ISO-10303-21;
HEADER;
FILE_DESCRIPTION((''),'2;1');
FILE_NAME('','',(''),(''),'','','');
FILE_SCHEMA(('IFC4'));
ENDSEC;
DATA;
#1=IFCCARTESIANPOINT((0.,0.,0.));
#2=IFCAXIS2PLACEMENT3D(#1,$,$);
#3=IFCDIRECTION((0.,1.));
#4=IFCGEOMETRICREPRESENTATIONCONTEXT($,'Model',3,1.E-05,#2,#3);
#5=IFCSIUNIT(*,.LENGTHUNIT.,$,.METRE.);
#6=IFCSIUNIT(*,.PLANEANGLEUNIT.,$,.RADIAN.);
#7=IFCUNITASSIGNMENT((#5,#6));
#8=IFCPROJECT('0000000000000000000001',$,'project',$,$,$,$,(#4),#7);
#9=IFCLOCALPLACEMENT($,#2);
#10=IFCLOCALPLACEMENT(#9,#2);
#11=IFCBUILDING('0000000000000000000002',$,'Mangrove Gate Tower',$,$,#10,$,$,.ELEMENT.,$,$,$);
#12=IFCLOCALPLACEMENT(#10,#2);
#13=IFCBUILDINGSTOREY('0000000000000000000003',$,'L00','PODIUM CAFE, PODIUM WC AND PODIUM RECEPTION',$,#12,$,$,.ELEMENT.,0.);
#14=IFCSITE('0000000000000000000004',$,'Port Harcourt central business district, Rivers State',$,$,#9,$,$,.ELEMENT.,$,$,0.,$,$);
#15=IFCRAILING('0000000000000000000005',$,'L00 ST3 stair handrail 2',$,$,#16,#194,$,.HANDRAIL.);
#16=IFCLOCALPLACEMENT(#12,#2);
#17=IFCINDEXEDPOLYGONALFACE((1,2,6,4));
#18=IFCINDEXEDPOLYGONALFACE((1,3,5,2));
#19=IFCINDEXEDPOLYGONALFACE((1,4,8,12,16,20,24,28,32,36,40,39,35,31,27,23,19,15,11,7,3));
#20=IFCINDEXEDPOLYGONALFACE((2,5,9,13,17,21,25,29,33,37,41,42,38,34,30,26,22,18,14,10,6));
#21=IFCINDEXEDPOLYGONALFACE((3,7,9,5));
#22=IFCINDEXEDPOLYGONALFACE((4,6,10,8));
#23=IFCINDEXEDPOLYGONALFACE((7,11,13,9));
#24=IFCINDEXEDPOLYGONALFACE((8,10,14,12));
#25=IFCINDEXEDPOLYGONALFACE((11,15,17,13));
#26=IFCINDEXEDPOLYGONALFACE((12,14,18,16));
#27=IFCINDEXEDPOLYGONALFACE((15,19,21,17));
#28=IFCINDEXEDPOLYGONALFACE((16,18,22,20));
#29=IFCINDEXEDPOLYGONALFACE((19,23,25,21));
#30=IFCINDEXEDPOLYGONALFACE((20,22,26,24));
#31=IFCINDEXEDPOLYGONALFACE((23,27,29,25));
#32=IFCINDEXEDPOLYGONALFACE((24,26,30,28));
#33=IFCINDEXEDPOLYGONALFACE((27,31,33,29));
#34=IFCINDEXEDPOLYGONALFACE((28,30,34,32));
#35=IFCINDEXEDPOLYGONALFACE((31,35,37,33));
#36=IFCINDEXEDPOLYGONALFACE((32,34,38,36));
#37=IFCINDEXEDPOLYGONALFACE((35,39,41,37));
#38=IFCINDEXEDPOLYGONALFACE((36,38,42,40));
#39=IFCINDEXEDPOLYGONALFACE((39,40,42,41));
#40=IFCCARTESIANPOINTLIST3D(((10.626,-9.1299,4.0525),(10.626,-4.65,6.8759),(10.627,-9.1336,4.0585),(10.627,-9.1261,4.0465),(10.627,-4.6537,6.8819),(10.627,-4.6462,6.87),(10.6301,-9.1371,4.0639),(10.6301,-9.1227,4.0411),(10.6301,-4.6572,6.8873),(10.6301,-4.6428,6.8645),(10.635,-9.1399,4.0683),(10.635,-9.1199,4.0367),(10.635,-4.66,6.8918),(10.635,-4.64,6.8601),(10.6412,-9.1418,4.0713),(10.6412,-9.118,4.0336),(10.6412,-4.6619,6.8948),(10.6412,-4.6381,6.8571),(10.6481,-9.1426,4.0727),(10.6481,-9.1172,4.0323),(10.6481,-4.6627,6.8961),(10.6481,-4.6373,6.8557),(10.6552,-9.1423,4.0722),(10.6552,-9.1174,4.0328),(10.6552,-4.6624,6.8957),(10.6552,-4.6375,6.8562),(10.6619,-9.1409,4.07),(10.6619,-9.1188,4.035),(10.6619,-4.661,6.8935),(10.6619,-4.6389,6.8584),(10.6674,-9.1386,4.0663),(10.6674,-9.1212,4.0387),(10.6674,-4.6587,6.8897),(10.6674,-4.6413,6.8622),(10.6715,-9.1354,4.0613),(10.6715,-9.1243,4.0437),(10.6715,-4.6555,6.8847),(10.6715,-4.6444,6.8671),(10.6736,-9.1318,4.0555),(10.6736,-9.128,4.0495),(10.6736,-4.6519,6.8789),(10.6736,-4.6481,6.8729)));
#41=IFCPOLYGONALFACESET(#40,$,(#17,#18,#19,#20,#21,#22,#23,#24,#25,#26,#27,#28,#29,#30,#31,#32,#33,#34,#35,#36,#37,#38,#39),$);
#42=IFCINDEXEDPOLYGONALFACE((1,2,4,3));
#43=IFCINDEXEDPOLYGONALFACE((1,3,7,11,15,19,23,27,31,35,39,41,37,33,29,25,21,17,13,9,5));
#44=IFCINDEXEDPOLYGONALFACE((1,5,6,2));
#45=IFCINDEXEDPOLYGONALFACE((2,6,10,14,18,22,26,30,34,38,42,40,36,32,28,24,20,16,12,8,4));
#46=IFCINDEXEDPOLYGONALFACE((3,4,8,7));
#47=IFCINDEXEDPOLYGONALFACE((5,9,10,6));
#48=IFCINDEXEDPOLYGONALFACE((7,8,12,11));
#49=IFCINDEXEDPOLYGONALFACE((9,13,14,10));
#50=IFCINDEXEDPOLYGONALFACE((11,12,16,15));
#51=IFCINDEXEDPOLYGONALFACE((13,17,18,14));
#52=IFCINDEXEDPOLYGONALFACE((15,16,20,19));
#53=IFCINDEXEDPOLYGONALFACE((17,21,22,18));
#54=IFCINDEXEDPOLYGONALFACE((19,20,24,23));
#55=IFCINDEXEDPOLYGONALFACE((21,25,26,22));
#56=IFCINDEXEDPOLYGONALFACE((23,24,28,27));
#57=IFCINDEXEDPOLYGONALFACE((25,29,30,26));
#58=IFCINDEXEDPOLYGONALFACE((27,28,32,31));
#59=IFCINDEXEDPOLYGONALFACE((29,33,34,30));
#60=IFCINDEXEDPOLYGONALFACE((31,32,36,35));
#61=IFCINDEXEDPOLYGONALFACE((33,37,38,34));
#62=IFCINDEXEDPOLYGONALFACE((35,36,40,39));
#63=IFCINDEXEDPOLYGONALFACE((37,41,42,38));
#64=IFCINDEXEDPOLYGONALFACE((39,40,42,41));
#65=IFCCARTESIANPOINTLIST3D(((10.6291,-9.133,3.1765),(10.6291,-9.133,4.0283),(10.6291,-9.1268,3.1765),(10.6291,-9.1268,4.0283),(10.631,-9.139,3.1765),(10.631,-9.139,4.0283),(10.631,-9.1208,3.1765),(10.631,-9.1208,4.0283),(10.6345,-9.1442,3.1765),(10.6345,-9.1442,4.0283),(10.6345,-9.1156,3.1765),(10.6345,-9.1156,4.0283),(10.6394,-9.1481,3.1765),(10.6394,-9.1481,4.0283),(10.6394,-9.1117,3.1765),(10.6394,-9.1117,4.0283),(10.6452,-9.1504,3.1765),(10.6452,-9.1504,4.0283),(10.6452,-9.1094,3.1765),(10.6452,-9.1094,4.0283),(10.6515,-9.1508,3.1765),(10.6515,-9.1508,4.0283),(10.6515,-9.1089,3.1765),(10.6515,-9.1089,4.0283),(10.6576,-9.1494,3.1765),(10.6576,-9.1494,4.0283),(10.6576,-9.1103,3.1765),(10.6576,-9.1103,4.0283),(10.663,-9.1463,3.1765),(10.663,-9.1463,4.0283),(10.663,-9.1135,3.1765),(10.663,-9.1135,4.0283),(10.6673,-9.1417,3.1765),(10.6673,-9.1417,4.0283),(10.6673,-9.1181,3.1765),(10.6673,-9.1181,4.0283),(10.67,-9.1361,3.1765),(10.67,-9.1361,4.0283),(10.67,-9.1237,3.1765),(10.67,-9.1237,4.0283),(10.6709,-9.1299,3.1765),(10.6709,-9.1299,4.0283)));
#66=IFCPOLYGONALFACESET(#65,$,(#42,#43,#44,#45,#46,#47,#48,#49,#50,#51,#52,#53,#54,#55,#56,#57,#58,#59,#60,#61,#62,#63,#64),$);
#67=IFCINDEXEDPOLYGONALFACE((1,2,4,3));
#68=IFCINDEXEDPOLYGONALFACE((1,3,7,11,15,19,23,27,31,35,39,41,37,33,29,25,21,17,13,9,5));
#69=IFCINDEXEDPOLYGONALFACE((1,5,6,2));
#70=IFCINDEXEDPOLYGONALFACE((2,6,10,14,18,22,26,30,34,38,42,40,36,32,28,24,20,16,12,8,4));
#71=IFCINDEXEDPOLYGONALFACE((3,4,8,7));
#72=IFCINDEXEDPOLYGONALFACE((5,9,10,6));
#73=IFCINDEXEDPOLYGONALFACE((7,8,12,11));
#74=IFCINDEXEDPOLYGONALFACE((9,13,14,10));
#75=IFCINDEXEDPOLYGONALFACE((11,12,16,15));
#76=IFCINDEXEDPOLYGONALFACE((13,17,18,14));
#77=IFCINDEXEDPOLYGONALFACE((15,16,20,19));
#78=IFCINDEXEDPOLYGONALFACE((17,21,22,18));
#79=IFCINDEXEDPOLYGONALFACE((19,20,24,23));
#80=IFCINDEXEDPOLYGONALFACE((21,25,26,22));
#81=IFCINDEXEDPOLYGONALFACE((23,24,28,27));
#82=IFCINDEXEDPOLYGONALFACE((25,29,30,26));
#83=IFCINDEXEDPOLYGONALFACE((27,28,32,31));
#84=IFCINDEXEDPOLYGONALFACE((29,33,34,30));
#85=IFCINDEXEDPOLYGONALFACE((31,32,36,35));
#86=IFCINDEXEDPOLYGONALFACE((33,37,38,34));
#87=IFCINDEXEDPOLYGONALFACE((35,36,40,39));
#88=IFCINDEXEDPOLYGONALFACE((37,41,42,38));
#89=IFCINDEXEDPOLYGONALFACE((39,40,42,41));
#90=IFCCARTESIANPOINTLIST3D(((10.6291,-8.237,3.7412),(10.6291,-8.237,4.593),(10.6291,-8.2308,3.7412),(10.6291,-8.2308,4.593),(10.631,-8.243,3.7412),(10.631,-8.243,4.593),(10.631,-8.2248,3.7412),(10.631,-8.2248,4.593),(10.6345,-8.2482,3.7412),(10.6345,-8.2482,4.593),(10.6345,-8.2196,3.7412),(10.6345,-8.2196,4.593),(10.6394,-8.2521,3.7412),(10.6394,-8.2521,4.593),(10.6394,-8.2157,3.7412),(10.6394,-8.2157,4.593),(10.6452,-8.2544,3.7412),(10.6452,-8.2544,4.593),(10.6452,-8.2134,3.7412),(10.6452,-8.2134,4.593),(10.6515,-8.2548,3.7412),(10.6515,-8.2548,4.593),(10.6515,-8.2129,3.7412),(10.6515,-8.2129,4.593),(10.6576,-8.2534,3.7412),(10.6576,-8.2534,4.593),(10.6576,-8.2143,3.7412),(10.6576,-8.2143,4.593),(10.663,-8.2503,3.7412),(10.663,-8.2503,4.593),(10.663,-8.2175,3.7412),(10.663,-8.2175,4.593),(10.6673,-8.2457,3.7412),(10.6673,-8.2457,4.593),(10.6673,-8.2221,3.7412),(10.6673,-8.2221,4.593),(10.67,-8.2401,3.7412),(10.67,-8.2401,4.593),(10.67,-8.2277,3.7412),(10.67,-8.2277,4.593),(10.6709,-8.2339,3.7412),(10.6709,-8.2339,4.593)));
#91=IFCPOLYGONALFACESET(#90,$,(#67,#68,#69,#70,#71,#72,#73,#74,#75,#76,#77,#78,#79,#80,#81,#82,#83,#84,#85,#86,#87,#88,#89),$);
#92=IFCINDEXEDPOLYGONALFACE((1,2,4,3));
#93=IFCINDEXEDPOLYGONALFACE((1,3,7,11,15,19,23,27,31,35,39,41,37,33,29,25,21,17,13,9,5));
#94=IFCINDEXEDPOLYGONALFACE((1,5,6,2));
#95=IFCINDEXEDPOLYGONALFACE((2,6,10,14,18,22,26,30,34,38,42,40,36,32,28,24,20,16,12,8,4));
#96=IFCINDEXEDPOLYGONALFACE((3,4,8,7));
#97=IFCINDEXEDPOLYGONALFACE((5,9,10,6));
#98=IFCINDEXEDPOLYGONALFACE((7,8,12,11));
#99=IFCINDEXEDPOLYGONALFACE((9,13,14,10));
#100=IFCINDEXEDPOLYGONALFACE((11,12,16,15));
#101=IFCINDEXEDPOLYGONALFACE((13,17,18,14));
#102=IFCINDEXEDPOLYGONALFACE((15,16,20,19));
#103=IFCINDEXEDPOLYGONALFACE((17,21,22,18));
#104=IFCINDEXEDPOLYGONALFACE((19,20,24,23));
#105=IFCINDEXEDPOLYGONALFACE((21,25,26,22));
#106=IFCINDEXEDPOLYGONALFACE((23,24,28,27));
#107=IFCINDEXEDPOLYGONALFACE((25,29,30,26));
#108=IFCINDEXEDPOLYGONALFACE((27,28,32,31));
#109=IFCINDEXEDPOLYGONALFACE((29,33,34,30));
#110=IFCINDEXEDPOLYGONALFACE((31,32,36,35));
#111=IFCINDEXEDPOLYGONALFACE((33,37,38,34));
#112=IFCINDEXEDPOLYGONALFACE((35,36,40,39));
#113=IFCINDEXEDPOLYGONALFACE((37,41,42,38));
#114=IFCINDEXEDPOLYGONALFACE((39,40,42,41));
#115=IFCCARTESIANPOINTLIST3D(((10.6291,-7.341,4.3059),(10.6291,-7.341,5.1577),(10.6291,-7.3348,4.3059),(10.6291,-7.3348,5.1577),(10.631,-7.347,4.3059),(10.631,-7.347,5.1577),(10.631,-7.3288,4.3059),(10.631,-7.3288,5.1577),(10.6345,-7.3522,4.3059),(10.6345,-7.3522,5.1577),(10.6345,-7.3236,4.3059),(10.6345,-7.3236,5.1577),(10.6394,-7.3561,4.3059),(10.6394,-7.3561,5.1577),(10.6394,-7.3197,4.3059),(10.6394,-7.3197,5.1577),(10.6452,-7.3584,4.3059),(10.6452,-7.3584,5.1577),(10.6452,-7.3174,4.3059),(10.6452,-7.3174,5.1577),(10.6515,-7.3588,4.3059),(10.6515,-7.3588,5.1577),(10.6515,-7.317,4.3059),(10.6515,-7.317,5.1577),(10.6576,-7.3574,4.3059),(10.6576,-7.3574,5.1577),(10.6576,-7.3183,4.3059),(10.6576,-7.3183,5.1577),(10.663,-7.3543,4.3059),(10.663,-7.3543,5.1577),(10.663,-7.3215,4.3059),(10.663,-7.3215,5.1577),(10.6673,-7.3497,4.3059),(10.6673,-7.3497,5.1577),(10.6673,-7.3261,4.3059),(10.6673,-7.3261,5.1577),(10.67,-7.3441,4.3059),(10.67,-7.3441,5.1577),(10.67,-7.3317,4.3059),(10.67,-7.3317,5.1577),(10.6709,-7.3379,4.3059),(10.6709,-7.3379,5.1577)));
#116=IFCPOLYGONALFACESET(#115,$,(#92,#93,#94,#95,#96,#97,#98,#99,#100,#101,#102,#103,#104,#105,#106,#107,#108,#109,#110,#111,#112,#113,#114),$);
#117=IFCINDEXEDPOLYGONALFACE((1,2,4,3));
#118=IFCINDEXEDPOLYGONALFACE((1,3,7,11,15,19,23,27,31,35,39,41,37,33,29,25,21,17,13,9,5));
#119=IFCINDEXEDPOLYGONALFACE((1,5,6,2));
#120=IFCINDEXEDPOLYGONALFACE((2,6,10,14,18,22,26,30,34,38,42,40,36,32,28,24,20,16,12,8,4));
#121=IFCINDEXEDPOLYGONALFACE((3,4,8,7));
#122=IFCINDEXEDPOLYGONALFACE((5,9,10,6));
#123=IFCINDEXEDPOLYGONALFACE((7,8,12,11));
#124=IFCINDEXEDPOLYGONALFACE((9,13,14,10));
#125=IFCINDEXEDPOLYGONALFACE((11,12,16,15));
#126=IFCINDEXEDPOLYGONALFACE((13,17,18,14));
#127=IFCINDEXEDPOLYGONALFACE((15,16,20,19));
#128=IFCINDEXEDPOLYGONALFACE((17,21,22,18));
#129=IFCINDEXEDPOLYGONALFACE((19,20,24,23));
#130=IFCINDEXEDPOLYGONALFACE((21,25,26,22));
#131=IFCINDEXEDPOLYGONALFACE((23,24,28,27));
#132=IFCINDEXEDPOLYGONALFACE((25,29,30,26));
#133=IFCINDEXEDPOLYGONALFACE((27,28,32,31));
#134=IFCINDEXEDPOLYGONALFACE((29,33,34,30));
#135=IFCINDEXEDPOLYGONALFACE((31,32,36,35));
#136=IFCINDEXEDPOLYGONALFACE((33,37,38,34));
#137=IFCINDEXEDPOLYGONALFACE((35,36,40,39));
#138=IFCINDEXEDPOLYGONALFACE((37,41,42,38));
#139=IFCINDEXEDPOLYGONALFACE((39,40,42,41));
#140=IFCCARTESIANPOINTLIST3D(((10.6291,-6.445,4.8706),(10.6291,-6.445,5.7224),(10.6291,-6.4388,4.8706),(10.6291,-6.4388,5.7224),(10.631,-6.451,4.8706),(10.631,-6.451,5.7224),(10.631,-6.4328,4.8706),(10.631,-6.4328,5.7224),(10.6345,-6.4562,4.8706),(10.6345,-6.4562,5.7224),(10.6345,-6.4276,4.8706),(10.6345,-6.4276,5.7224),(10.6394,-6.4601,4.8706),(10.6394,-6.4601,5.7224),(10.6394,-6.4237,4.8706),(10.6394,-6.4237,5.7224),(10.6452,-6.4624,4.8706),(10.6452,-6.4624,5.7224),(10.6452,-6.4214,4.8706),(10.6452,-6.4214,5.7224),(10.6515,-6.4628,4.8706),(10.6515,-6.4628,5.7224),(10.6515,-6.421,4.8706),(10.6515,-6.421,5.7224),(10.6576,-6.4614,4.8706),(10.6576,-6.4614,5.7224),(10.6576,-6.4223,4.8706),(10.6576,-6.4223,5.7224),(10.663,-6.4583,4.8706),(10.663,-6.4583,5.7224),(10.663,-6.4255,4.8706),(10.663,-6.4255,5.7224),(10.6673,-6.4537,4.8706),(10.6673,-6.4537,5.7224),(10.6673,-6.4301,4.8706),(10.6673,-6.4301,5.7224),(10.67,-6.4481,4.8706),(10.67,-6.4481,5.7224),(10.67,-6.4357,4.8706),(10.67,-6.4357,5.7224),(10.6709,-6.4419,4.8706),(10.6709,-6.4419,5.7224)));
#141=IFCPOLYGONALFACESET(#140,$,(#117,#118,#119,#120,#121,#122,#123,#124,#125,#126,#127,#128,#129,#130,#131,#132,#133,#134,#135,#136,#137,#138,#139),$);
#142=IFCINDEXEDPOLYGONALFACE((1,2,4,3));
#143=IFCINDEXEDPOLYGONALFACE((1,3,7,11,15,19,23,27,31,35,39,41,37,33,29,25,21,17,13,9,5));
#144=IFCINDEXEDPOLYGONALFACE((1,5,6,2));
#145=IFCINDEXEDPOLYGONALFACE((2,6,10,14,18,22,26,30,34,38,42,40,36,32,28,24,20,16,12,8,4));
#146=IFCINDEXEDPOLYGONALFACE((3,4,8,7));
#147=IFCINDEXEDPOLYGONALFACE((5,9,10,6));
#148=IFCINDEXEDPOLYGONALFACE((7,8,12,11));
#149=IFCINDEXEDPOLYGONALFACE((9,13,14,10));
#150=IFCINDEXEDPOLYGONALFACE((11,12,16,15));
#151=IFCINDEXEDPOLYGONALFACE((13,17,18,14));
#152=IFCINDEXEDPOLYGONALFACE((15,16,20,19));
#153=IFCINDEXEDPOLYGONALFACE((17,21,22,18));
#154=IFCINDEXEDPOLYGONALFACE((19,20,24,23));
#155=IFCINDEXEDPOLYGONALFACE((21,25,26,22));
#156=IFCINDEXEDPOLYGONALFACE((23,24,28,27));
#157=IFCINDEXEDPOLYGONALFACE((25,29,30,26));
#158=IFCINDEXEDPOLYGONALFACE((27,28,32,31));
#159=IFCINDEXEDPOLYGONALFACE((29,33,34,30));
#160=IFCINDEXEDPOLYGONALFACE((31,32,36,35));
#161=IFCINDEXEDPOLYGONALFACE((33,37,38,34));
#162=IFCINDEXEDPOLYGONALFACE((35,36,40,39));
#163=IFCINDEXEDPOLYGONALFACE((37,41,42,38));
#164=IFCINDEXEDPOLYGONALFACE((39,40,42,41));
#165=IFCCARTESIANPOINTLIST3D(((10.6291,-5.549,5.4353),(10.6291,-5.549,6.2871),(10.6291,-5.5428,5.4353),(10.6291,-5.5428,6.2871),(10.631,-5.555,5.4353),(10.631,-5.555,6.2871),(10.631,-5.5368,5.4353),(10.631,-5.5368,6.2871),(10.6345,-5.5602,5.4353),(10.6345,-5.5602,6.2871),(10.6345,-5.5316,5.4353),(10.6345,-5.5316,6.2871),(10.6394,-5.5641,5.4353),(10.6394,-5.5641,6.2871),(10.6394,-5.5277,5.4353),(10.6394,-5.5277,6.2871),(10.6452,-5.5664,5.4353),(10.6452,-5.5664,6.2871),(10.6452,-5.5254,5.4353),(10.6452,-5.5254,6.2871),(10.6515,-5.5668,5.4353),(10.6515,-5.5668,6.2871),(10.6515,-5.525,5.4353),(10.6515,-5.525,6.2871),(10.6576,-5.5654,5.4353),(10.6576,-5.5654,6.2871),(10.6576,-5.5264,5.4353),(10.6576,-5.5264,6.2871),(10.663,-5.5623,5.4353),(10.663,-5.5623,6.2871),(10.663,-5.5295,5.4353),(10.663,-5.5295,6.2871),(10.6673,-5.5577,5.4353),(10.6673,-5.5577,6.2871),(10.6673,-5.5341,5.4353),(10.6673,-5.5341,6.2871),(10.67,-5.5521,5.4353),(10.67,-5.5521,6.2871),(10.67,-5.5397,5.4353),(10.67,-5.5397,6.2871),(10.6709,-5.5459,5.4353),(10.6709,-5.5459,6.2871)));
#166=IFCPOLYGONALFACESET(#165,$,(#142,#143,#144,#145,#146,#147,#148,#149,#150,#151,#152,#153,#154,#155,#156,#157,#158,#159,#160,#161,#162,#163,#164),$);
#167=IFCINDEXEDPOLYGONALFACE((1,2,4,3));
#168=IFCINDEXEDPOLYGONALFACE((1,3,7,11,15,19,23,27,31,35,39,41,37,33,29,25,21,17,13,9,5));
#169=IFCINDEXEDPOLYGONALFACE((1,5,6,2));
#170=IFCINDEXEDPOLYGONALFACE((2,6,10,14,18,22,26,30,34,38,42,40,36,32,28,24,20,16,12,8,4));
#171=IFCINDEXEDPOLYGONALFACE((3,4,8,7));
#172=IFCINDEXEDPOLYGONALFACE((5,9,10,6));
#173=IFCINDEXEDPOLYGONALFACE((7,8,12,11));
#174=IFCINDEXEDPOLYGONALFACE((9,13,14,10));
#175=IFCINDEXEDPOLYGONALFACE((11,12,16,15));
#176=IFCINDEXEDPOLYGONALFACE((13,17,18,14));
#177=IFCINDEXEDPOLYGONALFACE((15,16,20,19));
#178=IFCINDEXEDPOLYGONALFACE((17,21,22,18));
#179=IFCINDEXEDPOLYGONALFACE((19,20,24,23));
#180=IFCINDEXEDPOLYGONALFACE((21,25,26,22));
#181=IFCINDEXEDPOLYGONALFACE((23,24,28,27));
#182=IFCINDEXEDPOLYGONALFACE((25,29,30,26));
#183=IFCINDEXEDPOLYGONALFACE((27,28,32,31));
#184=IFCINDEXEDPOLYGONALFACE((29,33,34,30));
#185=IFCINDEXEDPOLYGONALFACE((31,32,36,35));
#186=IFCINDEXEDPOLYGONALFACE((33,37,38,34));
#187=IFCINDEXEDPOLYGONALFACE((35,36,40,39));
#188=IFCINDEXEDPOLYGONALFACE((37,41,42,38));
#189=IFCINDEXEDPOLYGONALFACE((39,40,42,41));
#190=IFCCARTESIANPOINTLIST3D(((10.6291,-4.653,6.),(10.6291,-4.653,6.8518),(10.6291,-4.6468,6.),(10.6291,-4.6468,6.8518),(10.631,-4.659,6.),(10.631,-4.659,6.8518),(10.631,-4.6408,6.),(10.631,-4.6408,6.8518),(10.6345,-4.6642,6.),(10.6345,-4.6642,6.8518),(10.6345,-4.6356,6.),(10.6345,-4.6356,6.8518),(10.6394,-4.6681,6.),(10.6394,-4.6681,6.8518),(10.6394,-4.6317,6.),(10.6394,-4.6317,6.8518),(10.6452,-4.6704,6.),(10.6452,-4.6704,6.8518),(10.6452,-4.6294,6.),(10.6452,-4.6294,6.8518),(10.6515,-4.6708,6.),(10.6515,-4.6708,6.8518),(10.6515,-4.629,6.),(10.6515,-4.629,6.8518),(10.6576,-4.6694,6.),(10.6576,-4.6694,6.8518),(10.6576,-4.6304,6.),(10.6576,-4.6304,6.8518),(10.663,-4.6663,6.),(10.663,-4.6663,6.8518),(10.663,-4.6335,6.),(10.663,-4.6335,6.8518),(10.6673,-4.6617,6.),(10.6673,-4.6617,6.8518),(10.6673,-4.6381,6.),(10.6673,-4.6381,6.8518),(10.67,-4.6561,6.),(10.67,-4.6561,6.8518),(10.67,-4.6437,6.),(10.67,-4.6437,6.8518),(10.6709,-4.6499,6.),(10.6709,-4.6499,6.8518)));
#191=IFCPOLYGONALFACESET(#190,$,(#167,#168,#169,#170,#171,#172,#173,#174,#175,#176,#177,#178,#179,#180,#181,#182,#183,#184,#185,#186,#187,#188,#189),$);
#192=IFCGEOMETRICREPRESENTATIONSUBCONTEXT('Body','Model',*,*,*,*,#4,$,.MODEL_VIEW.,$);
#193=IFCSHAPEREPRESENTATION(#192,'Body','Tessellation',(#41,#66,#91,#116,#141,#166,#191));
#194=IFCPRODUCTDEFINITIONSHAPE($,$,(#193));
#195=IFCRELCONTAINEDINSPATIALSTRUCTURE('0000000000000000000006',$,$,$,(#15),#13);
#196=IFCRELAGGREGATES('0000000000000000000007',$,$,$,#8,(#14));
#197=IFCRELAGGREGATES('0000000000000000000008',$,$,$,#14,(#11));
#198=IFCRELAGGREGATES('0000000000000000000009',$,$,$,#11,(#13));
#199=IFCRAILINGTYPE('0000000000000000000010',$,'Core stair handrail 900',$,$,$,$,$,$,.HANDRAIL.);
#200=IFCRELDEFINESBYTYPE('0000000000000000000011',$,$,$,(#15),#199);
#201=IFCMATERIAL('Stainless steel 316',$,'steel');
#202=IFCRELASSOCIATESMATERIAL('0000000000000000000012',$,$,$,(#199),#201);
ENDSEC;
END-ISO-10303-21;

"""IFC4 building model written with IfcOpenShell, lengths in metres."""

from ifc_helpers import new_model, si_unit, direction, frame, origin, origin_2d, place, context, subcontext, project, spatial, circle, extrude, material, type_object, element, save


model = new_model("IFC4")

# Units and contexts
model_context = context("Model", 3, precision=1e-05, world=origin(), true_north=direction((0.0, 1.0)))
body_context = subcontext(model_context, "Body", "Model", "MODEL_VIEW")
ifc_project = project(units=[si_unit("LENGTHUNIT", "METRE"), si_unit("PLANEANGLEUNIT", "RADIAN")], contexts=[model_context])

# Site, building, storey
site_placement = place(None, origin())
site = spatial("IfcSite", under=ifc_project, at=site_placement, Name="Port Harcourt central business district, Rivers State", CompositionType="ELEMENT", RefElevation=0.0)
building_placement = place(site_placement, origin())
building = spatial("IfcBuilding", under=site, at=building_placement, Name="Mangrove Gate Tower", CompositionType="ELEMENT")
storey_placement = place(building_placement, origin())
storey = spatial("IfcBuildingStorey", under=building, at=storey_placement, Name="L00", Description="PODIUM CAFE, PODIUM WC AND PODIUM RECEPTION", CompositionType="ELEMENT", Elevation=0.0)

# Railing
ifc_material_1 = material(Name="Stainless steel 316", Category="steel")
railing_type_1 = type_object("IfcRailingType", Name="Core stair handrail 900", PredefinedType="HANDRAIL", material=ifc_material_1)
railing_1_placement = place(storey_placement, frame((10.6499, -9.1299, 3.1765)))
element("IfcRailing", 1, at=railing_1_placement, inside=storey, type_object=railing_type_1, Name="L00 ST3 stair handrail 2", PredefinedType="HANDRAIL", context=body_context, shape_type="SweptSolid", body=[
    extrude(circle(Radius=0.0239, at=origin_2d()), frame((0.0, 0.0, 0.876), z_axis=(0.0, 0.845998, 0.533186), x_axis=(-1.0, 0.0, 0.0)), (0.0, 0.0, 1.0), 5.2954),
    extrude(circle(Radius=0.021, at=origin_2d()), origin(), (0.0, 0.0, 1.0), 0.8518),
    extrude(circle(Radius=0.021, at=origin_2d()), frame((0.0, 0.896, 0.5647)), (0.0, 0.0, 1.0), 0.8518),
    extrude(circle(Radius=0.021, at=origin_2d()), frame((0.0, 1.792, 1.1294)), (0.0, 0.0, 1.0), 0.8518),
    extrude(circle(Radius=0.021, at=origin_2d()), frame((0.0, 2.688, 1.6941)), (0.0, 0.0, 1.0), 0.8518),
    extrude(circle(Radius=0.021, at=origin_2d()), frame((0.0, 3.584, 2.2588)), (0.0, 0.0, 1.0), 0.8518),
    extrude(circle(Radius=0.021, at=origin_2d()), frame((0.0, 4.48, 2.8235)), (0.0, 0.0, 1.0), 0.8518),
])

save(model, "model.ifc")
